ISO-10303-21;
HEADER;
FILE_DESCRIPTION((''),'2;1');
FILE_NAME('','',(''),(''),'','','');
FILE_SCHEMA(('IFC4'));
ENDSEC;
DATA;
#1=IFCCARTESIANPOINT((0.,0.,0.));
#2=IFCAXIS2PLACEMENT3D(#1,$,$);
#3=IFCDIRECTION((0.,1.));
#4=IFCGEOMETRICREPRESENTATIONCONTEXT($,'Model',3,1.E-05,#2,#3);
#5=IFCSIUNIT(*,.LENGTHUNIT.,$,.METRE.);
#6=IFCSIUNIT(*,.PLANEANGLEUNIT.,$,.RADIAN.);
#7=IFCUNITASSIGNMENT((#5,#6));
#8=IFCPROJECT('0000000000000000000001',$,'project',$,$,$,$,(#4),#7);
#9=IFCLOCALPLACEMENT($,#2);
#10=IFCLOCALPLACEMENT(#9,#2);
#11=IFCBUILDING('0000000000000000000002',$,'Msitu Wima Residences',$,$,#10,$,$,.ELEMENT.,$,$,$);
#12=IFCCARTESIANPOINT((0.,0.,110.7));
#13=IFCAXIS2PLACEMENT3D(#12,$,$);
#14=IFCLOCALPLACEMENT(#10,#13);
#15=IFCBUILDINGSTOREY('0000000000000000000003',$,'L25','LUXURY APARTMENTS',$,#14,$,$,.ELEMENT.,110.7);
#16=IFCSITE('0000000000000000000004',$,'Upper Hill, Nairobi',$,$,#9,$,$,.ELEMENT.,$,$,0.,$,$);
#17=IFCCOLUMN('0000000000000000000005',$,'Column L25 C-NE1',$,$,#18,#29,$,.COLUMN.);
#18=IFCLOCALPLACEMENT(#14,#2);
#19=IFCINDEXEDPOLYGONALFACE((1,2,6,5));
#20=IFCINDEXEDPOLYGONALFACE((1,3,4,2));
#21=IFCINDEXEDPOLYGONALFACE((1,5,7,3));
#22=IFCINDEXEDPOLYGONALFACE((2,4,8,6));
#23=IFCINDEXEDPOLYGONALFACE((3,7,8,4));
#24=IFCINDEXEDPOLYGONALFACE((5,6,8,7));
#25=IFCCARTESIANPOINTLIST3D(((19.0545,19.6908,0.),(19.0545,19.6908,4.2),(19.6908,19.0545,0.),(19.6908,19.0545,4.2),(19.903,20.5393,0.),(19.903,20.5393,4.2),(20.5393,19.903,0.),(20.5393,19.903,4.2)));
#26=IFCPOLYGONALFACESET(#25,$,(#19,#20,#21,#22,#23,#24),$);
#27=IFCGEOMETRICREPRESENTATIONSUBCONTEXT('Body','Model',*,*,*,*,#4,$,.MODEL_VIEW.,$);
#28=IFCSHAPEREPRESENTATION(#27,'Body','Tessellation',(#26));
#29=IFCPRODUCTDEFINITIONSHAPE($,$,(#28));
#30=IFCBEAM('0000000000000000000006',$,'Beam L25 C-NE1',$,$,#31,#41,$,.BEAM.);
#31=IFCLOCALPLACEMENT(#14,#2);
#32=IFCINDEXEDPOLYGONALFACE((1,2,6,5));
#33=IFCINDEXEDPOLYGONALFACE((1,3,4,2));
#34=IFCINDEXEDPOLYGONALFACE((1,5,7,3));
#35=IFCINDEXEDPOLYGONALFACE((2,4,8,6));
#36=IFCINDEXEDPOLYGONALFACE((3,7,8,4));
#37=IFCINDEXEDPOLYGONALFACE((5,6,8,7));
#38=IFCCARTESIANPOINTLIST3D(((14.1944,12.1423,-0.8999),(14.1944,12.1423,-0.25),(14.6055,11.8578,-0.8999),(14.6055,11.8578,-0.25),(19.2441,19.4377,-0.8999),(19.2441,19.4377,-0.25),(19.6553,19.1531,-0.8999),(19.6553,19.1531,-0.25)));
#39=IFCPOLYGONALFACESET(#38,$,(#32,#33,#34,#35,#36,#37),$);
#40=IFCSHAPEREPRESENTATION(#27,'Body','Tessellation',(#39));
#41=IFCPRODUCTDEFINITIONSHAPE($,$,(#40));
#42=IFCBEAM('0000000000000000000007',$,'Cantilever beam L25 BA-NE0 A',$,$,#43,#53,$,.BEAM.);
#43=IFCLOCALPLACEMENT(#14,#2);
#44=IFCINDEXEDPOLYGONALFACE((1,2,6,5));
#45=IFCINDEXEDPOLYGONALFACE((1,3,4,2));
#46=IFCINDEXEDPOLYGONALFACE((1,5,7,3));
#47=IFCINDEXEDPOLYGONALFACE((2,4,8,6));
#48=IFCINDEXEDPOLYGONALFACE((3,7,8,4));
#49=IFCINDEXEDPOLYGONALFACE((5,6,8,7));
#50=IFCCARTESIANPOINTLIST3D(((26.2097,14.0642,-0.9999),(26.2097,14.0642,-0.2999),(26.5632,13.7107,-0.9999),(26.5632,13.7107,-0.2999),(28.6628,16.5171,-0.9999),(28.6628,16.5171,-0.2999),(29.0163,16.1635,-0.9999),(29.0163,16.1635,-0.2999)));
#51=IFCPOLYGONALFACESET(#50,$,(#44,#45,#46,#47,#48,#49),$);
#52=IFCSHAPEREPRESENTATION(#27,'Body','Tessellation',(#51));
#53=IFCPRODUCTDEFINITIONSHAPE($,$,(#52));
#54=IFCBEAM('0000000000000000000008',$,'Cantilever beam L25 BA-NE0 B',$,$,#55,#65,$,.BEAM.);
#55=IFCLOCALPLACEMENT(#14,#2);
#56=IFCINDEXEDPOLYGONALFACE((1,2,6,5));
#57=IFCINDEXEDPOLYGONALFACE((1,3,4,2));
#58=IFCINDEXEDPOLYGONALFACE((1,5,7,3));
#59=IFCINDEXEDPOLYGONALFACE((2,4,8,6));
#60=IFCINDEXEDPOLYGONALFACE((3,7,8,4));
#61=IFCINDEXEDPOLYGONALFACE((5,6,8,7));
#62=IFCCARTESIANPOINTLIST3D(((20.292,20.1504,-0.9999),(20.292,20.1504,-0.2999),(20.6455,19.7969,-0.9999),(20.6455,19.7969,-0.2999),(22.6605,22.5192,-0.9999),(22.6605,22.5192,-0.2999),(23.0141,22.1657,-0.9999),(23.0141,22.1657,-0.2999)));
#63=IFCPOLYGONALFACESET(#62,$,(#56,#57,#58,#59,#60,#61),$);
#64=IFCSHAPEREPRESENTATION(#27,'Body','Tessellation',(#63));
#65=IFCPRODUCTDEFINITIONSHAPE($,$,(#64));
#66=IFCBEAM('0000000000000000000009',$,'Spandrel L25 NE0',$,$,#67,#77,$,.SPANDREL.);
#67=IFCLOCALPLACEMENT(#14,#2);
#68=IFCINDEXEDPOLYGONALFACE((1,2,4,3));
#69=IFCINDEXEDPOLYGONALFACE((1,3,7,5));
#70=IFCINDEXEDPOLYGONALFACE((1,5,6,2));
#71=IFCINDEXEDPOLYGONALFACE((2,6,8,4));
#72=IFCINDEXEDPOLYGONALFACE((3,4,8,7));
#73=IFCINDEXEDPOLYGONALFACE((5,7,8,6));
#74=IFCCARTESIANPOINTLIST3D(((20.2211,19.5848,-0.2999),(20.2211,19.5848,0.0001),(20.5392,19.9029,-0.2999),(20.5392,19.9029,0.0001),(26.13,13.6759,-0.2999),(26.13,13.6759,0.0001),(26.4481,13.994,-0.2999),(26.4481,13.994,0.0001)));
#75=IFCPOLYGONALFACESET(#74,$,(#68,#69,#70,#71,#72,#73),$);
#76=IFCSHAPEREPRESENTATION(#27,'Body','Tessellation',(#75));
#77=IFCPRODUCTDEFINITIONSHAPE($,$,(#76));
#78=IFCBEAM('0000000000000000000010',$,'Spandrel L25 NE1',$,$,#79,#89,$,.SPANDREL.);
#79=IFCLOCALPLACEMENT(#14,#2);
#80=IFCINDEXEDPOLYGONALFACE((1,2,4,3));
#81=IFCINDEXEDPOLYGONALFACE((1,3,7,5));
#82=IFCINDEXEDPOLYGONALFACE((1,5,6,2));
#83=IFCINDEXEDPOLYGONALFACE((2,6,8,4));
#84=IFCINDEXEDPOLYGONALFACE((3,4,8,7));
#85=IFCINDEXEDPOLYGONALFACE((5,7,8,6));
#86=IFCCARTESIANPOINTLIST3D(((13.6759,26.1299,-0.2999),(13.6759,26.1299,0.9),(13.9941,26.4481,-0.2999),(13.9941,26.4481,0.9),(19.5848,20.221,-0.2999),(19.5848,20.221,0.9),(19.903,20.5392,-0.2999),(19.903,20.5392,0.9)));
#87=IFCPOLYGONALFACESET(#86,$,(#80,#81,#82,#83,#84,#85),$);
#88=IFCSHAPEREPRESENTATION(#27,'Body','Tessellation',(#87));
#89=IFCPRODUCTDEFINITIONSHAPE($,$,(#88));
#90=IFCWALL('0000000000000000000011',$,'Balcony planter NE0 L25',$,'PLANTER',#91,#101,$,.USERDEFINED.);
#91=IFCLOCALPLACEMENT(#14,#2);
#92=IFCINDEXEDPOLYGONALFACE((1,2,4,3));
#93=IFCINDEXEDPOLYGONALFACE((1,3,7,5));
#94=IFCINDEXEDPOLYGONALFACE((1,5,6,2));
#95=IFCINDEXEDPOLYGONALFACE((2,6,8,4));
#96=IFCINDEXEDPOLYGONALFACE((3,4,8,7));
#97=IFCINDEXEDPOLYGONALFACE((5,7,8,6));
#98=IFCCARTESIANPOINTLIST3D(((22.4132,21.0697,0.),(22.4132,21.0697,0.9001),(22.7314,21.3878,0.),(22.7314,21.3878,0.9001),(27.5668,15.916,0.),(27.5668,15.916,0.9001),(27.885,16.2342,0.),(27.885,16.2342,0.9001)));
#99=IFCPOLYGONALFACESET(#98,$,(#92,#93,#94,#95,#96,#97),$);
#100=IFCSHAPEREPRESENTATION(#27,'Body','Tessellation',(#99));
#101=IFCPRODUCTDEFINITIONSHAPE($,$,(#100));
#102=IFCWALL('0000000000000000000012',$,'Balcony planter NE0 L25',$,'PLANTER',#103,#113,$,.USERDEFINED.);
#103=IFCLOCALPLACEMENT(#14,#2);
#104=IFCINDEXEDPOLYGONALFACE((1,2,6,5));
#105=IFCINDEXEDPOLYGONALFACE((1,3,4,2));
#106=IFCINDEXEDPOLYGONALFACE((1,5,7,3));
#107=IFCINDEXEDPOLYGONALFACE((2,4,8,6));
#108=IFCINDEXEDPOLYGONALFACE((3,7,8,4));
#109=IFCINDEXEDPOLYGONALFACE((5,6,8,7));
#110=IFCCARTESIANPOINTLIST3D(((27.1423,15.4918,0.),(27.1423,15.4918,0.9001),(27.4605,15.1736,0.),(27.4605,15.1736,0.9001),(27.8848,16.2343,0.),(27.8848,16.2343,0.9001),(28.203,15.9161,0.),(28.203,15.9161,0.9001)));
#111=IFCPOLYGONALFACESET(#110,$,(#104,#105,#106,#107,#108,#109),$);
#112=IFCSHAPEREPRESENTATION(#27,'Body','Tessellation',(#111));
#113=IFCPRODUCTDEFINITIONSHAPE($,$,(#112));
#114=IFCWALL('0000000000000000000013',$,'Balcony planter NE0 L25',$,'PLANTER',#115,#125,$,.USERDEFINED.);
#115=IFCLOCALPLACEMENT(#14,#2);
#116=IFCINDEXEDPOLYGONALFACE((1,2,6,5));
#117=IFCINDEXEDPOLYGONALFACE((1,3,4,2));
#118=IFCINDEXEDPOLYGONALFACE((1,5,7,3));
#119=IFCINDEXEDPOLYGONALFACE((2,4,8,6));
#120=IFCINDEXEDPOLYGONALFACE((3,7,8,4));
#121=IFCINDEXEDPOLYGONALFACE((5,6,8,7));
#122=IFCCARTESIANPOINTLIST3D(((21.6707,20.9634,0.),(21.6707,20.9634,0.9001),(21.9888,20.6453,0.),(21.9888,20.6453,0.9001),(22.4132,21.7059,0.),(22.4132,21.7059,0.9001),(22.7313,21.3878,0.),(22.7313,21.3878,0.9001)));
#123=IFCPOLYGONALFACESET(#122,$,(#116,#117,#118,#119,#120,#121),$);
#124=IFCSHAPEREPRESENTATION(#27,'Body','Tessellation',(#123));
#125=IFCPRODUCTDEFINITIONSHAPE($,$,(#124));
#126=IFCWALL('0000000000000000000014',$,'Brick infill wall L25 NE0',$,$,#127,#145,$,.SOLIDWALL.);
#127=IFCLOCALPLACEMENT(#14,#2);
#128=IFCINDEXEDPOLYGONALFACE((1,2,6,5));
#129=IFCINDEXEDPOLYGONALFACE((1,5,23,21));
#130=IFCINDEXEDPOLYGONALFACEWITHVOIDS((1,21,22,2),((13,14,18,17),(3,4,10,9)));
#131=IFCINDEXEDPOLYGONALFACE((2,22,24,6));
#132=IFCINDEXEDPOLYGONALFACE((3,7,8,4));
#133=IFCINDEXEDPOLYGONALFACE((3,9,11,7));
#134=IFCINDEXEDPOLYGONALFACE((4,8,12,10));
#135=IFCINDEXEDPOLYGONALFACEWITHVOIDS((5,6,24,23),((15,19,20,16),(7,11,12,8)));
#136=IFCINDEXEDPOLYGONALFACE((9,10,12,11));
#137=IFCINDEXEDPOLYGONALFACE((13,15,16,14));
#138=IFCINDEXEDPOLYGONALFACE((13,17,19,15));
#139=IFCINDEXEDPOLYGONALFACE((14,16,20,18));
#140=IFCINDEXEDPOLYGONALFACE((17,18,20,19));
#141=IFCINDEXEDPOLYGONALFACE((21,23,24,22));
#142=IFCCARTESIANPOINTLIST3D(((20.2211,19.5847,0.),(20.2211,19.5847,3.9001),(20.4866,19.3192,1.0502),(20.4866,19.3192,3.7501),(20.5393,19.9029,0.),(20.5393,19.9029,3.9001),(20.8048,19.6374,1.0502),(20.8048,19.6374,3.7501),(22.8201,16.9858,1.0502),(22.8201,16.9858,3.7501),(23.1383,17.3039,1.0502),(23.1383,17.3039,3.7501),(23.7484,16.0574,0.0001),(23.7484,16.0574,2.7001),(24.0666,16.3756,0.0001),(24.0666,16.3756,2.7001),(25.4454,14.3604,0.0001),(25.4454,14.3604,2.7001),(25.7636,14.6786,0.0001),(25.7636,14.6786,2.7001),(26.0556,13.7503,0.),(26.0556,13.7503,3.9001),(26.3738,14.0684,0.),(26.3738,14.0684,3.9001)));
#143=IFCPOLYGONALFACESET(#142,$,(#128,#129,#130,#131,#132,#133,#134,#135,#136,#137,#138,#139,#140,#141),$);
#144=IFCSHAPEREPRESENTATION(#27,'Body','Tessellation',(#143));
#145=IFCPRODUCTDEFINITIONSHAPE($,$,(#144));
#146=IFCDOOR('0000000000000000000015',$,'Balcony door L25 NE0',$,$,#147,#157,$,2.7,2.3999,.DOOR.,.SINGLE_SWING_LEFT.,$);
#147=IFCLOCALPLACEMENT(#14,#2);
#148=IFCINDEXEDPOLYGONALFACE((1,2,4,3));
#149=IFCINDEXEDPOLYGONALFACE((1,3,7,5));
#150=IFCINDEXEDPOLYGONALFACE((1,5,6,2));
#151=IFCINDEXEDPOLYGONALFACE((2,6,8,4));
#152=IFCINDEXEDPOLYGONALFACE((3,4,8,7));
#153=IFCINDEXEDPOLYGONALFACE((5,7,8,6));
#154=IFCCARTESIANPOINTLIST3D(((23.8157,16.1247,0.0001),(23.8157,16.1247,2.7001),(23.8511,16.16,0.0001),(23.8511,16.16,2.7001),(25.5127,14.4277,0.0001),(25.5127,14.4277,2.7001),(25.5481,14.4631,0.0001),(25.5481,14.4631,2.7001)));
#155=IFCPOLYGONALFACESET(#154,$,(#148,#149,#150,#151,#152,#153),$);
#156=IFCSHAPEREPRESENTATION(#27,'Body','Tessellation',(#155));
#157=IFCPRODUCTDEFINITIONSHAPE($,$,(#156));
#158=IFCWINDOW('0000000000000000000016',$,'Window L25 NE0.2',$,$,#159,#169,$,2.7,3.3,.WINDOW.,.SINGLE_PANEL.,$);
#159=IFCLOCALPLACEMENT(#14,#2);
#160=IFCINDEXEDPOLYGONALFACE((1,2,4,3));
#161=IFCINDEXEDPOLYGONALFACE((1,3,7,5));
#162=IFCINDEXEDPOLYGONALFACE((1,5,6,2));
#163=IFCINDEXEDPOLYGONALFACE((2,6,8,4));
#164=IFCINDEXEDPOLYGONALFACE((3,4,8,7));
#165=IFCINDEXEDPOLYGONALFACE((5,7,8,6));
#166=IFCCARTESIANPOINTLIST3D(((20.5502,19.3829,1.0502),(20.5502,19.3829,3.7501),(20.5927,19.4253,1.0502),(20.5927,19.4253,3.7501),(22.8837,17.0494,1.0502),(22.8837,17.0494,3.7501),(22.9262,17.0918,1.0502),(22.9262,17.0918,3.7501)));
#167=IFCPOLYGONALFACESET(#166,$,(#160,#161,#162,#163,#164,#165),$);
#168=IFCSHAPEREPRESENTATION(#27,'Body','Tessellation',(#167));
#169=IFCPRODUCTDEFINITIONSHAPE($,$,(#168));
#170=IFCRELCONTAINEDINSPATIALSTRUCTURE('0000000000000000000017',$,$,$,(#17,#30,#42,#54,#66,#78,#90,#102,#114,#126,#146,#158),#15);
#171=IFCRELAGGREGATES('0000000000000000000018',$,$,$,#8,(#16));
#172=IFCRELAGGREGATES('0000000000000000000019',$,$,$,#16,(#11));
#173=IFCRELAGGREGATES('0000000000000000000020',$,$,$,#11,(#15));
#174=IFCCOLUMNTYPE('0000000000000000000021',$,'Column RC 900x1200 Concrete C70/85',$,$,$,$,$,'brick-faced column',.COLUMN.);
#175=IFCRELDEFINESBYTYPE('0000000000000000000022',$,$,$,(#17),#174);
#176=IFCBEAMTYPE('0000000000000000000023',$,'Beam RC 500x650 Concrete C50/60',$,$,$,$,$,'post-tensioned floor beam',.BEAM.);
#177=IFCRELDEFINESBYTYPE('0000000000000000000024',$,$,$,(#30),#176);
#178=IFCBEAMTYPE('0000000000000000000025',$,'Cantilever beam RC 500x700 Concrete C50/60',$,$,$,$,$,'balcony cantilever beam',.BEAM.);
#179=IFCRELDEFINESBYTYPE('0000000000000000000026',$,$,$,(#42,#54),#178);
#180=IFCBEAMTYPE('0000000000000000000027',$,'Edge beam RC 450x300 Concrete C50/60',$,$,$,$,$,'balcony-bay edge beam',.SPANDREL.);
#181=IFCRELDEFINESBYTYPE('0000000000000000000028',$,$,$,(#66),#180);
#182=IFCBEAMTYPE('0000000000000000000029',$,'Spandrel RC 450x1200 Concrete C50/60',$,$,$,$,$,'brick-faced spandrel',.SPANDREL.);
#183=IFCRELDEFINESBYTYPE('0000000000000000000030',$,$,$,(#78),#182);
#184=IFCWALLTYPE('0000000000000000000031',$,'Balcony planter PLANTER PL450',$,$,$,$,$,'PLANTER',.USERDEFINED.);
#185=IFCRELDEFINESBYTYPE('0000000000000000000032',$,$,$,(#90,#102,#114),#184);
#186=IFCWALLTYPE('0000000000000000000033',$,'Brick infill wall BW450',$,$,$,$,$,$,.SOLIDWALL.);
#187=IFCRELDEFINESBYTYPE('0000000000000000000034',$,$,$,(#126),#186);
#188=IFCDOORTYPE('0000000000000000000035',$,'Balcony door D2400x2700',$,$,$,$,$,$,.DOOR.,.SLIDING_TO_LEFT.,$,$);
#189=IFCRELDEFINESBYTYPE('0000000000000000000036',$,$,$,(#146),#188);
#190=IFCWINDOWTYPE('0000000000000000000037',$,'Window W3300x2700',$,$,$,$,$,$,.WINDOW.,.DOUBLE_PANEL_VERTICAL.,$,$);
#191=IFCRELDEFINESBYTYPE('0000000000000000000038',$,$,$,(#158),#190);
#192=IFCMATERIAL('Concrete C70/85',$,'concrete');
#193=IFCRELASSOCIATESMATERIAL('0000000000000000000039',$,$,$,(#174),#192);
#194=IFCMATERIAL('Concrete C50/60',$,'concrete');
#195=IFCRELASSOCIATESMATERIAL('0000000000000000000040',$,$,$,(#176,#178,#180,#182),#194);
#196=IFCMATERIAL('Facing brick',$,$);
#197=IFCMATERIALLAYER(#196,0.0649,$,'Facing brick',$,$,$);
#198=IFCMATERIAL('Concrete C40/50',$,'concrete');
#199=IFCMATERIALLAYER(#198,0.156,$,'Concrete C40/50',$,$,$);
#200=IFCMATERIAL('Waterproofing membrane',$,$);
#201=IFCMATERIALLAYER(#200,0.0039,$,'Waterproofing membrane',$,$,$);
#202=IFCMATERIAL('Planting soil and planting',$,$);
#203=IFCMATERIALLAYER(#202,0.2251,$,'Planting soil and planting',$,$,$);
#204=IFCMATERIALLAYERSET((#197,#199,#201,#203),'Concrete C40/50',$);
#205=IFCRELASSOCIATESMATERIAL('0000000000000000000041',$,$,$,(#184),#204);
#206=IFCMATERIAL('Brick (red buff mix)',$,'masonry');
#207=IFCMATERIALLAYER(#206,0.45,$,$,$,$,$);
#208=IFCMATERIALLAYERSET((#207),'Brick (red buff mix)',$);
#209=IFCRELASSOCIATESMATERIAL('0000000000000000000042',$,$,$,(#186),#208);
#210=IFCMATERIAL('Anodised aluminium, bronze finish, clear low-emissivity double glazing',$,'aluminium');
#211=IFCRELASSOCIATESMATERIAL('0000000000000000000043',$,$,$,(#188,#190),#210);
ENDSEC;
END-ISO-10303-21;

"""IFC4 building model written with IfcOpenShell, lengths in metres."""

from ifc_helpers import new_model, si_unit, direction, frame, frame_2d, origin, origin_2d, place, context, subcontext, project, spatial, rectangle, extrude, material, layer, layer_set, material_profile, profile_set, type_object, element, fill, save


model = new_model("IFC4")

# Units and contexts
model_context = context("Model", 3, precision=1e-05, world=origin(), true_north=direction((0.0, 1.0)))
body_context = subcontext(model_context, "Body", "Model", "MODEL_VIEW")
ifc_project = project(units=[si_unit("LENGTHUNIT", "METRE"), si_unit("PLANEANGLEUNIT", "RADIAN")], contexts=[model_context])

# Site, building, storey
site_placement = place(None, origin())
site = spatial("IfcSite", under=ifc_project, at=site_placement, Name="Upper Hill, Nairobi", CompositionType="ELEMENT", RefElevation=0.0)
building_placement = place(site_placement, origin())
building = spatial("IfcBuilding", under=site, at=building_placement, Name="Msitu Wima Residences", CompositionType="ELEMENT")
storey_placement = place(building_placement, frame((0.0, 0.0, 110.7)))
storey = spatial("IfcBuildingStorey", under=building, at=storey_placement, Name="L25", Description="LUXURY APARTMENTS", CompositionType="ELEMENT", Elevation=110.7)

# Column
ifc_material_1 = material(Name="Concrete C70/85", Category="concrete")
ifc_material_profile_1 = material_profile(ifc_material_1, rectangle(XDim=0.8999, YDim=1.2, at=origin_2d()), Name="RC 900x1200")
ifc_profile_set_1 = profile_set([ifc_material_profile_1], Name="Concrete C70/85")
column_type = type_object("IfcColumnType", Name="Column RC 900x1200 Concrete C70/85", ElementType="brick-faced column", PredefinedType="COLUMN", material=ifc_profile_set_1)
column_placement = place(storey_placement, frame((19.7969, 19.7969, 0.0), z_axis=(0.0, 0.0, 1.0), x_axis=(-0.707107, 0.707107, 0.0)))
element("IfcColumn", 1, at=column_placement, inside=storey, type_object=column_type, Name="Column L25 C-NE1", PredefinedType="COLUMN", context=body_context, shape_type="SweptSolid", body=[
    extrude(rectangle(XDim=0.8999, YDim=1.2, at=origin_2d()), origin(), (0.0, 0.0, 1.0), 4.2),
])

# Beams
ifc_material_2 = material(Name="Concrete C50/60", Category="concrete")
ifc_material_profile_2 = material_profile(ifc_material_2, rectangle(XDim=0.5, YDim=0.6499, at=origin_2d()), Name="RC 500x650")
ifc_profile_set_2 = profile_set([ifc_material_profile_2], Name="Concrete C50/60")
beam_type_1 = type_object("IfcBeamType", Name="Beam RC 500x650 Concrete C50/60", ElementType="post-tensioned floor beam", PredefinedType="BEAM", material=ifc_profile_set_2)
beam_1_placement = place(storey_placement, frame((19.4497, 19.2954, -0.575), z_axis=(-0.569144, -0.822238, 0.0), x_axis=(0.822238, -0.569144, 0.0)))
element("IfcBeam", 2, at=beam_1_placement, inside=storey, type_object=beam_type_1, Name="Beam L25 C-NE1", PredefinedType="BEAM", context=body_context, shape_type="SweptSolid", body=[
    extrude(rectangle(XDim=0.5, YDim=0.6499, at=origin_2d()), origin(), (0.0, 0.0, 1.0), 8.8726),
])
ifc_material_profile_3 = material_profile(ifc_material_2, rectangle(XDim=0.5, YDim=0.7, at=origin_2d()), Name="RC 500x700")
ifc_profile_set_3 = profile_set([ifc_material_profile_3], Name="Concrete C50/60")
beam_type_2 = type_object("IfcBeamType", Name="Cantilever beam RC 500x700 Concrete C50/60", ElementType="balcony cantilever beam", PredefinedType="BEAM", material=ifc_profile_set_3)
beam_2_placement = place(storey_placement, frame((26.3865, 13.8875, -0.6499), z_axis=(0.707142, 0.707072, 0.0), x_axis=(-0.707072, 0.707142, 0.0)))
element("IfcBeam", 3, at=beam_2_placement, inside=storey, type_object=beam_type_2, Name="Cantilever beam L25 BA-NE0 A", PredefinedType="BEAM", context=body_context, shape_type="SweptSolid", body=[
    extrude(rectangle(XDim=0.5, YDim=0.7, at=origin_2d()), origin(), (0.0, 0.0, 1.0), 3.469),
])
beam_3_placement = place(storey_placement, frame((20.4688, 19.9736, -0.6499), z_axis=(0.70707, 0.707143, 0.0), x_axis=(-0.707143, 0.70707, 0.0)))
element("IfcBeam", 4, at=beam_3_placement, inside=storey, type_object=beam_type_2, Name="Cantilever beam L25 BA-NE0 B", PredefinedType="BEAM", context=body_context, shape_type="SweptSolid", body=[
    extrude(rectangle(XDim=0.5, YDim=0.7, at=origin_2d()), origin(), (0.0, 0.0, 1.0), 3.3499),
])
ifc_material_profile_4 = material_profile(ifc_material_2, rectangle(XDim=0.45, YDim=0.3, at=origin_2d()), Name="RC 450x300")
ifc_profile_set_4 = profile_set([ifc_material_profile_4], Name="Concrete C50/60")
beam_type_3 = type_object("IfcBeamType", Name="Edge beam RC 450x300 Concrete C50/60", ElementType="balcony-bay edge beam", PredefinedType="SPANDREL", material=ifc_profile_set_4)
beam_4_placement = place(storey_placement, frame((26.2891, 13.835, -0.1499), z_axis=(-0.707107, 0.707107, 0.0), x_axis=(-0.707107, -0.707107, 0.0)))
element("IfcBeam", 5, at=beam_4_placement, inside=storey, type_object=beam_type_3, Name="Spandrel L25 NE0", PredefinedType="SPANDREL", context=body_context, shape_type="SweptSolid", body=[
    extrude(rectangle(XDim=0.45, YDim=0.3, at=origin_2d()), origin(), (0.0, 0.0, 1.0), 8.3564),
])
ifc_material_profile_5 = material_profile(ifc_material_2, rectangle(XDim=0.45, YDim=1.2, at=origin_2d()), Name="RC 450x1200")
ifc_profile_set_5 = profile_set([ifc_material_profile_5], Name="Concrete C50/60")
beam_type_4 = type_object("IfcBeamType", Name="Spandrel RC 450x1200 Concrete C50/60", ElementType="brick-faced spandrel", PredefinedType="SPANDREL", material=ifc_profile_set_5)
beam_5_placement = place(storey_placement, frame((19.7439, 20.3801, 0.3), z_axis=(-0.707107, 0.707107, 0.0), x_axis=(-0.707107, -0.707107, 0.0)))
element("IfcBeam", 6, at=beam_5_placement, inside=storey, type_object=beam_type_4, Name="Spandrel L25 NE1", PredefinedType="SPANDREL", context=body_context, shape_type="SweptSolid", body=[
    extrude(rectangle(XDim=0.45, YDim=1.2, at=origin_2d()), origin(), (0.0, 0.0, 1.0), 8.3564),
])

# Walls
ifc_material_3 = material(Name="Facing brick")
ifc_layer_1 = layer(ifc_material_3, 0.0649, Name="Facing brick")
ifc_material_4 = material(Name="Concrete C40/50", Category="concrete")
ifc_layer_2 = layer(ifc_material_4, 0.156, Name="Concrete C40/50")
ifc_material_5 = material(Name="Waterproofing membrane")
ifc_layer_3 = layer(ifc_material_5, 0.0039, Name="Waterproofing membrane")
ifc_material_6 = material(Name="Planting soil and planting")
ifc_layer_4 = layer(ifc_material_6, 0.2251, Name="Planting soil and planting")
ifc_layer_set_1 = layer_set([ifc_layer_1, ifc_layer_2, ifc_layer_3, ifc_layer_4], Name="Concrete C40/50")
wall_type_1 = type_object("IfcWallType", Name="Balcony planter PLANTER PL450", ElementType="PLANTER", PredefinedType="USERDEFINED", material=ifc_layer_set_1)
wall_1_placement = place(storey_placement, frame((27.7258, 16.0752, 0.0), z_axis=(0.0, 0.0, 1.0), x_axis=(-0.707107, 0.707107, 0.0)))
element("IfcWall", 7, at=wall_1_placement, inside=storey, type_object=wall_type_1, Name="Balcony planter NE0 L25", ObjectType="PLANTER", PredefinedType="USERDEFINED", context=body_context, shape_type="SweptSolid", body=[
    extrude(rectangle(XDim=7.2883, YDim=0.45, at=frame_2d((3.644, 0.0))), origin(), (0.0, 0.0, 1.0), 0.9001),
])
for number, where, z_axis, x_axis, name in (
    (8, (27.3015, 15.3328, 0.0), (0.0, 0.0, 1.0), (0.707107, 0.707107, 0.0), "Balcony planter NE0 L25"),
    (9, (21.8298, 20.8044, 0.0), (0.0, 0.0, 1.0), (0.707107, 0.707107, 0.0), "Balcony planter NE0 L25"),
):
    element("IfcWall", number, at=place(storey_placement, frame(where, z_axis=z_axis, x_axis=x_axis)), inside=storey, type_object=wall_type_1, Name=name, ObjectType="PLANTER", PredefinedType="USERDEFINED", context=body_context, shape_type="SweptSolid", body=[
        extrude(rectangle(XDim=1.05, YDim=0.45, at=frame_2d((0.5249, 0.0))), origin(), (0.0, 0.0, 1.0), 0.9001),
    ])

# Wall, openings, door, window
ifc_material_7 = material(Name="Brick (red buff mix)", Category="masonry")
ifc_layer_5 = layer(ifc_material_7, 0.45)
ifc_layer_set_2 = layer_set([ifc_layer_5], Name="Brick (red buff mix)")
wall_type_2 = type_object("IfcWallType", Name="Brick infill wall BW450", PredefinedType="SOLIDWALL", material=ifc_layer_set_2)
wall_2_placement = place(storey_placement, frame((26.2146, 13.9094, 0.0), z_axis=(0.0, 0.0, 1.0), x_axis=(-0.707107, 0.707107, 0.0)))
wall_2 = element("IfcWall", 10, at=wall_2_placement, inside=storey, type_object=wall_type_2, Name="Brick infill wall L25 NE0", PredefinedType="SOLIDWALL", context=body_context, shape_type="SweptSolid", body=[
    extrude(rectangle(XDim=8.2512, YDim=0.45, at=frame_2d((4.1255, 0.0))), origin(), (0.0, 0.0, 1.0), 3.9001),
])
opening_1_placement = place(wall_2_placement, frame((0.8628, 0.0, 0.0)))
opening_1 = element("IfcOpeningElement", 11, at=opening_1_placement, cuts=wall_2, PredefinedType="OPENING", context=body_context, shape_type="SweptSolid", body=[
    extrude(rectangle(XDim=2.3999, YDim=2.7, at=frame_2d((1.2, 1.3501))), frame((0.0, 0.2349, 0.0), z_axis=(0.0, -1.0, 0.0), x_axis=(1.0, 0.0, 0.0)), (0.0, 0.0, 1.0), 0.47),
])
opening_2_placement = place(wall_2_placement, frame((4.5757, 0.0, 1.05)))
opening_2 = element("IfcOpeningElement", 12, at=opening_2_placement, cuts=wall_2, PredefinedType="OPENING", context=body_context, shape_type="SweptSolid", body=[
    extrude(rectangle(XDim=3.3, YDim=2.7, at=frame_2d((1.6499, 1.3501))), frame((0.0, 0.2349, 0.0), z_axis=(0.0, -1.0, 0.0), x_axis=(1.0, 0.0, 0.0)), (0.0, 0.0, 1.0), 0.47),
])
ifc_material_8 = material(Name="Anodised aluminium, bronze finish, clear low-emissivity double glazing", Category="aluminium")
door_type = type_object("IfcDoorType", Name="Balcony door D2400x2700", OperationType="SLIDING_TO_LEFT", PredefinedType="DOOR", material=ifc_material_8)
door_placement = place(opening_1_placement, origin())
door = element("IfcDoor", 13, at=door_placement, inside=storey, type_object=door_type, Name="Balcony door L25 NE0", OperationType="SINGLE_SWING_LEFT", OverallHeight=2.7, OverallWidth=2.3999, PredefinedType="DOOR", context=body_context, shape_type="SweptSolid", body=[
    extrude(rectangle(XDim=2.3999, YDim=2.7, at=frame_2d((1.2, 1.3501))), frame((0.0, 0.1299, 0.0), z_axis=(0.0, -1.0, 0.0), x_axis=(1.0, 0.0, 0.0)), (0.0, 0.0, 1.0), 0.05),
])
fill(opening_1, door)
window_type = type_object("IfcWindowType", Name="Window W3300x2700", PartitioningType="DOUBLE_PANEL_VERTICAL", PredefinedType="WINDOW", material=ifc_material_8)
window_1_placement = place(opening_2_placement, origin())
window_1 = element("IfcWindow", 14, at=window_1_placement, inside=storey, type_object=window_type, Name="Window L25 NE0.2", OverallHeight=2.7, OverallWidth=3.3, PartitioningType="SINGLE_PANEL", PredefinedType="WINDOW", context=body_context, shape_type="SweptSolid", body=[
    extrude(rectangle(XDim=3.3, YDim=2.7, at=frame_2d((1.6499, 1.3501))), frame((0.0, 0.135, 0.0), z_axis=(0.0, -1.0, 0.0), x_axis=(1.0, 0.0, 0.0)), (0.0, 0.0, 1.0), 0.0601),
])
fill(opening_2, window_1)

save(model, "model.ifc")
